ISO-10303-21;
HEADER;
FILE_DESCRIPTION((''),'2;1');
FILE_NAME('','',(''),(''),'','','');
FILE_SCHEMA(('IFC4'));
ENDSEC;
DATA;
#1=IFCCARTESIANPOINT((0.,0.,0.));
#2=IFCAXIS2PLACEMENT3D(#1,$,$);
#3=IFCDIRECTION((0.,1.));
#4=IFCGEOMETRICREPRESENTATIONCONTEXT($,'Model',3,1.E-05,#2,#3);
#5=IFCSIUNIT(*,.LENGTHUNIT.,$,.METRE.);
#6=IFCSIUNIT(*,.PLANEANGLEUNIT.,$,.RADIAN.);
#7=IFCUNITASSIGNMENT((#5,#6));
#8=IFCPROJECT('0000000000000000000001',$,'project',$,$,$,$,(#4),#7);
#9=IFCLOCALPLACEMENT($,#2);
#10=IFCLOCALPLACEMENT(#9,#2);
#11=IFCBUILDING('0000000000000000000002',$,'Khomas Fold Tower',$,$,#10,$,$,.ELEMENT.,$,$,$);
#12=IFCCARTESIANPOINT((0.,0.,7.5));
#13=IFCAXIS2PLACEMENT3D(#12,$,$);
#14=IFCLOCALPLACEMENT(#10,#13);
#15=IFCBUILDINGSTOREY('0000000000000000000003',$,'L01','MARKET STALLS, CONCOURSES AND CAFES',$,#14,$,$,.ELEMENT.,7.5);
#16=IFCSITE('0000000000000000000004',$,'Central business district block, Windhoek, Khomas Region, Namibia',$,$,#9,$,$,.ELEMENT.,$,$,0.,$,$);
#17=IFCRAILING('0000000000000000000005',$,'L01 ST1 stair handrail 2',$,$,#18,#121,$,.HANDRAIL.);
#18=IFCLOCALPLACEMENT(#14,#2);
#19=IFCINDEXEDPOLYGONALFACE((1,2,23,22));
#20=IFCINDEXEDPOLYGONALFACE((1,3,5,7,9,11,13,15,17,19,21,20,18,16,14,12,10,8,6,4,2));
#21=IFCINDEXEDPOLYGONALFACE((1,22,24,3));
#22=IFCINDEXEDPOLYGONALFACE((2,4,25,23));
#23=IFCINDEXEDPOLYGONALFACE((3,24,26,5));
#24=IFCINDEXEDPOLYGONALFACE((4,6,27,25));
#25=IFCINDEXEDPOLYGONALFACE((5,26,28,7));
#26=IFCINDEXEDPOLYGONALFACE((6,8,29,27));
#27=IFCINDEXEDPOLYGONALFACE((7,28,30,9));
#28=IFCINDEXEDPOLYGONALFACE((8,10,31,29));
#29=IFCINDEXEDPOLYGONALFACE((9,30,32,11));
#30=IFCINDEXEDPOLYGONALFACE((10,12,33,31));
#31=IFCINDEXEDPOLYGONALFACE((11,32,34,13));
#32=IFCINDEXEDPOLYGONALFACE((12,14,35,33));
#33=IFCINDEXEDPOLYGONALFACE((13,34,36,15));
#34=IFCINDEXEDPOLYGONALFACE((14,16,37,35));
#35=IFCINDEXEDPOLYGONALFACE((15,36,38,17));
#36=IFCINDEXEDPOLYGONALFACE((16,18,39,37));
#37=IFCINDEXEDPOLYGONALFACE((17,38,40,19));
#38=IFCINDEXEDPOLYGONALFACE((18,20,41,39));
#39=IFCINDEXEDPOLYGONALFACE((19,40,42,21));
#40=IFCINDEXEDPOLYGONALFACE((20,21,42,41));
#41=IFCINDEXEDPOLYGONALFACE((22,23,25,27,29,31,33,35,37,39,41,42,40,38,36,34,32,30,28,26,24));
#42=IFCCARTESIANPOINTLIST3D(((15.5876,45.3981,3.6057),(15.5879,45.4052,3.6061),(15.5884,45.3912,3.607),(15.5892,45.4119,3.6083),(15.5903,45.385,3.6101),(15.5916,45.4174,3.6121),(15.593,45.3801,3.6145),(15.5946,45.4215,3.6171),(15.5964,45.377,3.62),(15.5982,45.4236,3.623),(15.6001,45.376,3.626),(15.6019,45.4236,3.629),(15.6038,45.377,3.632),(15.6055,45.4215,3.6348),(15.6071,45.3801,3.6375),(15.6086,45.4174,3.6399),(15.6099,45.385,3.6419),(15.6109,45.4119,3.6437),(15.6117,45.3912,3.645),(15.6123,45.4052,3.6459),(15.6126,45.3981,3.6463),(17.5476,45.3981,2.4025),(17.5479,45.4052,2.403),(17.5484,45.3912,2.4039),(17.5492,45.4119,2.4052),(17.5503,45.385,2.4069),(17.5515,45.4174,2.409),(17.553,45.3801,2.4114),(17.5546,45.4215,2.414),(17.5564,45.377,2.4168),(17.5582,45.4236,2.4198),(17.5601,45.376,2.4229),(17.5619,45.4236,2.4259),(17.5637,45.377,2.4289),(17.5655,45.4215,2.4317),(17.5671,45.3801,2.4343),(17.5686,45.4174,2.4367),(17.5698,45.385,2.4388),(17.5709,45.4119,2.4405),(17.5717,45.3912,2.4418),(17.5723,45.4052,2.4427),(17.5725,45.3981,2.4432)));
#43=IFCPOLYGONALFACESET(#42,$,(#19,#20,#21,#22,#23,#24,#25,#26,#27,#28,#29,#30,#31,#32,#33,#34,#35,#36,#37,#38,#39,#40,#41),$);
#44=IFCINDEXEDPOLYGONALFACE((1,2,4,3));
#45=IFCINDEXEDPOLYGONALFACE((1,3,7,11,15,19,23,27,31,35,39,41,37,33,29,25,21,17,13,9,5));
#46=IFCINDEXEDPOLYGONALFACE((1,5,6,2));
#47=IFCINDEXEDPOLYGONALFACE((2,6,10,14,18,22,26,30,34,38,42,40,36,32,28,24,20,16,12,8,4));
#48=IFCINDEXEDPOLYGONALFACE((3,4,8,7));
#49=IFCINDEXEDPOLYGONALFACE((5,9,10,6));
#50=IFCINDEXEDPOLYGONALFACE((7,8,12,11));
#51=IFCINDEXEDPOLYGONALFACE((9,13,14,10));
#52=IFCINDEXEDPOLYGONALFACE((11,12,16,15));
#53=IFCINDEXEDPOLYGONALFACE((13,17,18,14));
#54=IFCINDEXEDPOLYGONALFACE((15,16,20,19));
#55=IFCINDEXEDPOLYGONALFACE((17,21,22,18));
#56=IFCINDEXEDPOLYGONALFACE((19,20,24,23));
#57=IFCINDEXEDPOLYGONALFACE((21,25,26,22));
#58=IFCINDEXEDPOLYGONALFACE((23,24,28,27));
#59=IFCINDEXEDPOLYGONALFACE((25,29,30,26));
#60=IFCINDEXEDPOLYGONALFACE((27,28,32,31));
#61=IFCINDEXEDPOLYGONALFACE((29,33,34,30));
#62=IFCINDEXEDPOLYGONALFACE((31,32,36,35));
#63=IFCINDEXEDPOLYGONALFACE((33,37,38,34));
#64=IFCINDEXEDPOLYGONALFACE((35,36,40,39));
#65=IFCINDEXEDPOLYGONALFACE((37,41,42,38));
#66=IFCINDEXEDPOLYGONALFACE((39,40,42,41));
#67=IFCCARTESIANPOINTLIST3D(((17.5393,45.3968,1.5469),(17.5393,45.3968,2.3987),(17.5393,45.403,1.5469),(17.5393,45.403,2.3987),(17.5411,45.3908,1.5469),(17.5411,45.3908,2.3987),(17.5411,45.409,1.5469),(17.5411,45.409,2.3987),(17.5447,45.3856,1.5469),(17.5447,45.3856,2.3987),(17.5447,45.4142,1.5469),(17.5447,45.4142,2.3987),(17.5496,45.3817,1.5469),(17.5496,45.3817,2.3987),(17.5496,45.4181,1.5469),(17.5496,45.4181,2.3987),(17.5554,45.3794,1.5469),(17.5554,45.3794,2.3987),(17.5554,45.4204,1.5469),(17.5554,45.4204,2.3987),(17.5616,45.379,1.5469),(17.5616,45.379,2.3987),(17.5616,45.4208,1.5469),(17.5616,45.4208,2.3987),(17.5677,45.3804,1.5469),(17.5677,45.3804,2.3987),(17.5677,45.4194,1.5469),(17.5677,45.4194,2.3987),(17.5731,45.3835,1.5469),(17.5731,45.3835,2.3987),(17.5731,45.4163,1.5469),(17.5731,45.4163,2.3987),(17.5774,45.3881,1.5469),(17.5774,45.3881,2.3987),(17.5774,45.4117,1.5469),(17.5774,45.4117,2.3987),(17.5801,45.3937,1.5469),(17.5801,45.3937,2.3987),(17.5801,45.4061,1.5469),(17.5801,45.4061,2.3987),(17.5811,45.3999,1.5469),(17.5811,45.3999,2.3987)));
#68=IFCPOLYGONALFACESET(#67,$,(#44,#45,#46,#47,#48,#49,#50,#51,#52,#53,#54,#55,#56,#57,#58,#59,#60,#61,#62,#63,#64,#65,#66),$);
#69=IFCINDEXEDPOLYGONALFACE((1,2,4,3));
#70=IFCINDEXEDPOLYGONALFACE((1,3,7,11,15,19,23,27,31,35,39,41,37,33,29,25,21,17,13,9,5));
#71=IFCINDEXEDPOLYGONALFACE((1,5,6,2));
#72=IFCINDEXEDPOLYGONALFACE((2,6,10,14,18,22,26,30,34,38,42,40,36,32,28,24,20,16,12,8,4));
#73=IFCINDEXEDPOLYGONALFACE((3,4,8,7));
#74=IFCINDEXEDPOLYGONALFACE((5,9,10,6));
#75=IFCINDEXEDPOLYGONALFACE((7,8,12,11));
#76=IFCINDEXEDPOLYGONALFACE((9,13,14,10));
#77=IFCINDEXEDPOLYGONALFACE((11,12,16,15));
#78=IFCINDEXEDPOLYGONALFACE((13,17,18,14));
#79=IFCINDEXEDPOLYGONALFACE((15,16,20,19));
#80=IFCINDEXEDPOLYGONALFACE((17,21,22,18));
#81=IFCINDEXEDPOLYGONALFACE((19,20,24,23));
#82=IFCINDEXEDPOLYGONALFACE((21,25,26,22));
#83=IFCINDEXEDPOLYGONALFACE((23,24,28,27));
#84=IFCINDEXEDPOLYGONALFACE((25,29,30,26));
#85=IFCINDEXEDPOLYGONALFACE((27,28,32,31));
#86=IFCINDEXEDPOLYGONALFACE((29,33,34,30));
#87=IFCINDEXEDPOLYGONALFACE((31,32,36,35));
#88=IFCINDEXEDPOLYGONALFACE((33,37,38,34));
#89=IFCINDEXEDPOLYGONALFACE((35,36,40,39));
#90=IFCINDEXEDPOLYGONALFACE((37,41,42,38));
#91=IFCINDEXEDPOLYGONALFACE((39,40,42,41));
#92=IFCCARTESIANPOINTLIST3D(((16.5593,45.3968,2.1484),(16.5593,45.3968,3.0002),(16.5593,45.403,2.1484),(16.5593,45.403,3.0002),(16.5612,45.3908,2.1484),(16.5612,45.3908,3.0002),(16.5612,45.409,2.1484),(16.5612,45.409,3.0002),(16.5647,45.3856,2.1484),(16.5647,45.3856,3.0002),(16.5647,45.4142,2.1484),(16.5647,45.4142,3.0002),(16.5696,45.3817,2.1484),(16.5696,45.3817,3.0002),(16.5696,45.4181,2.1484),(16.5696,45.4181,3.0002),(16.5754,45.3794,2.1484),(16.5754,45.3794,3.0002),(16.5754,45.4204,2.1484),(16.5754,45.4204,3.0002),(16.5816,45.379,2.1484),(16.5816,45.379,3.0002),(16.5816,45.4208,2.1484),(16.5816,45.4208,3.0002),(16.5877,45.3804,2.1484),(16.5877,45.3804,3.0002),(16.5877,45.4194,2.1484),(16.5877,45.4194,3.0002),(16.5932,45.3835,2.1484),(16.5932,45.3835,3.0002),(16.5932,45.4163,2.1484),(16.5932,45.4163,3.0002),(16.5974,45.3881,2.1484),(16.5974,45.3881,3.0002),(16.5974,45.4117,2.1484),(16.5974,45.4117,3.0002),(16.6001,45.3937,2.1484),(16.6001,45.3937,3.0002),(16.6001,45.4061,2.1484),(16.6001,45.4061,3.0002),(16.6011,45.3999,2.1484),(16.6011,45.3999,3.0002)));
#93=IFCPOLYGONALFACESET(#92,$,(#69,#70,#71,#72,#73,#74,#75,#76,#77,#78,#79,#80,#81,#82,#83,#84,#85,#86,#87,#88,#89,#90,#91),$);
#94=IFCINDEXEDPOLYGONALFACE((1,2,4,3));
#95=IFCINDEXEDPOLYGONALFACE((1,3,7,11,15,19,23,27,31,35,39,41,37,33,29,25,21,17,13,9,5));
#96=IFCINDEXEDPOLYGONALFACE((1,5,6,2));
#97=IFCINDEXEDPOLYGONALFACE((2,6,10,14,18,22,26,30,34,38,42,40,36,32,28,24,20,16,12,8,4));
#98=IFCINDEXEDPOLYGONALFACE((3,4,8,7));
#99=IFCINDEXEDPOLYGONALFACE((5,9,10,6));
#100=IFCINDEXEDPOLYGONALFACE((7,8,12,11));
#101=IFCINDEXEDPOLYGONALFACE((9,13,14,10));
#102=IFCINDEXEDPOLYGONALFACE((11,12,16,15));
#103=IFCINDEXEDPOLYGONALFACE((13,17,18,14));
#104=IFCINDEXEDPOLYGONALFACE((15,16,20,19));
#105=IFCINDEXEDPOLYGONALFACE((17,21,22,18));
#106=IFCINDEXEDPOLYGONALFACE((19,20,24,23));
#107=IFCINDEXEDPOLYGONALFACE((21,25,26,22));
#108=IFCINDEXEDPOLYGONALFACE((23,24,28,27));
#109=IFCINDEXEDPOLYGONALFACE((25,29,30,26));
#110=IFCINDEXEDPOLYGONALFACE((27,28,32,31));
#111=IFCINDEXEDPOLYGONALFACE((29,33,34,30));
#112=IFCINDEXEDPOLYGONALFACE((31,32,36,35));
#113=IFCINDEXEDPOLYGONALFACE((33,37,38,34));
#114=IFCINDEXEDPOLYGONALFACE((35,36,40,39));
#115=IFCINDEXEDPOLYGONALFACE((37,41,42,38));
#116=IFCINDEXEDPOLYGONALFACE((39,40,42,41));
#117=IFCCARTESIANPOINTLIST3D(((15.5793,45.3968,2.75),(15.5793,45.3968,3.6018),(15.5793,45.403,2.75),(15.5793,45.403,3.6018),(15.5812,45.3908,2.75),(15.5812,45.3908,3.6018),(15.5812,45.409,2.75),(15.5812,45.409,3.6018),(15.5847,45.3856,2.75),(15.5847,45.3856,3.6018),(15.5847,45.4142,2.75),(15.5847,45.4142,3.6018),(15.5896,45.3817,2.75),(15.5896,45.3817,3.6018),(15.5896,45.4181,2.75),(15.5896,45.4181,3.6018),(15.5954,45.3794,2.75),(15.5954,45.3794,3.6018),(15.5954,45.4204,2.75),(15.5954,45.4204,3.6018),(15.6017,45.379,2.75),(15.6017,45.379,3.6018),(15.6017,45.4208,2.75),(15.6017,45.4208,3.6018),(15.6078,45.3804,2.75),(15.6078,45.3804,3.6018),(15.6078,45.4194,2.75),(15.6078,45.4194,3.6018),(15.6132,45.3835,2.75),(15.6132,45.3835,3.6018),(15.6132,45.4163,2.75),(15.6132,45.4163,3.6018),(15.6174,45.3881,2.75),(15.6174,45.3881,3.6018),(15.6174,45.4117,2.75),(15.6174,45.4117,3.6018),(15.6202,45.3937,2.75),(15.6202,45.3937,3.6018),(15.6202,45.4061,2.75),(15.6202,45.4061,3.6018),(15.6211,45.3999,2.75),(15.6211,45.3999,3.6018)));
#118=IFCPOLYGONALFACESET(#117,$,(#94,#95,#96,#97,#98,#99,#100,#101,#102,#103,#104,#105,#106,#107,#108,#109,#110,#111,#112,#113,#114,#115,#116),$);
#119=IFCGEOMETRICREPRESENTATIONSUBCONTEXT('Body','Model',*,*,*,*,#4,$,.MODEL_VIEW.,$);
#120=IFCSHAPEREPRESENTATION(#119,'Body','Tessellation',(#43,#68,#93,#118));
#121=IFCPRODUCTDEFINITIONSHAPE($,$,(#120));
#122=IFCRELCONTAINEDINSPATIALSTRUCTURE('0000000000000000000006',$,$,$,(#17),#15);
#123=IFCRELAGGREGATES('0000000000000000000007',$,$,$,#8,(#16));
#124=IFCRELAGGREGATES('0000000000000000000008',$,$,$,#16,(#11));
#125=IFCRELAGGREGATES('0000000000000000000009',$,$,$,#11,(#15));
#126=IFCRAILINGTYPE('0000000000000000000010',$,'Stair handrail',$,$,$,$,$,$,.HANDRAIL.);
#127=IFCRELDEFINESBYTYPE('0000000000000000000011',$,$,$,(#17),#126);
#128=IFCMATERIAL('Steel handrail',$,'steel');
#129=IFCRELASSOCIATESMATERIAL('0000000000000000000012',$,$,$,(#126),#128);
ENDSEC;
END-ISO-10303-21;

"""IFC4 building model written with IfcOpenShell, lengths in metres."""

from ifc_helpers import new_model, si_unit, direction, frame, origin, origin_2d, place, context, subcontext, project, spatial, circle, extrude, source, transform, mapped, material, type_object, element, save


model = new_model("IFC4")

# Units and contexts
model_context = context("Model", 3, precision=1e-05, world=origin(), true_north=direction((0.0, 1.0)))
body_context = subcontext(model_context, "Body", "Model", "MODEL_VIEW")
ifc_project = project(units=[si_unit("LENGTHUNIT", "METRE"), si_unit("PLANEANGLEUNIT", "RADIAN")], contexts=[model_context])

# Site, building, storey
site_placement = place(None, origin())
site = spatial("IfcSite", under=ifc_project, at=site_placement, Name="Central business district block, Windhoek, Khomas Region, Namibia", CompositionType="ELEMENT", RefElevation=0.0)
building_placement = place(site_placement, origin())
building = spatial("IfcBuilding", under=site, at=building_placement, Name="Khomas Fold Tower", CompositionType="ELEMENT")
storey_placement = place(building_placement, frame((0.0, 0.0, 7.5)))
storey = spatial("IfcBuildingStorey", under=building, at=storey_placement, Name="L01", Description="MARKET STALLS, CONCOURSES AND CAFES", CompositionType="ELEMENT", Elevation=7.5)

# Railing
ifc_material_1 = material(Name="Steel handrail", Category="steel")
railing_type_1 = type_object("IfcRailingType", Name="Stair handrail", PredefinedType="HANDRAIL", material=ifc_material_1)
shared_shape_1 = source(origin(), body_context, "Body", "SweptSolid", [
    extrude(circle(Radius=0.0239, at=origin_2d()), frame((0.0, 0.0, 0.876), z_axis=(-0.852241, 0.0, 0.523149), x_axis=(0.0, -1.0, 0.0)), (0.0, 0.0, 1.0), 2.2998),
    extrude(circle(Radius=0.021, at=origin_2d()), origin(), (0.0, 0.0, 1.0), 0.8518),
    extrude(circle(Radius=0.021, at=origin_2d()), frame((-0.98, 0.0, 0.6016)), (0.0, 0.0, 1.0), 0.8518),
    extrude(circle(Radius=0.021, at=origin_2d()), frame((-1.96, 0.0, 1.2031)), (0.0, 0.0, 1.0), 0.8518),
])
for number, where, name in (
    (1, (17.5601, 45.3999, 1.5469), "L01 ST1 stair handrail 2"),
):
    element("IfcRailing", number, at=place(storey_placement, frame(where)), inside=storey, type_object=railing_type_1, Name=name, PredefinedType="HANDRAIL", context=body_context, shape_type="MappedRepresentation", body=[
        mapped(shared_shape_1, transform((0.0, 0.0, 0.0))),
    ])

save(model, "model.ifc")
